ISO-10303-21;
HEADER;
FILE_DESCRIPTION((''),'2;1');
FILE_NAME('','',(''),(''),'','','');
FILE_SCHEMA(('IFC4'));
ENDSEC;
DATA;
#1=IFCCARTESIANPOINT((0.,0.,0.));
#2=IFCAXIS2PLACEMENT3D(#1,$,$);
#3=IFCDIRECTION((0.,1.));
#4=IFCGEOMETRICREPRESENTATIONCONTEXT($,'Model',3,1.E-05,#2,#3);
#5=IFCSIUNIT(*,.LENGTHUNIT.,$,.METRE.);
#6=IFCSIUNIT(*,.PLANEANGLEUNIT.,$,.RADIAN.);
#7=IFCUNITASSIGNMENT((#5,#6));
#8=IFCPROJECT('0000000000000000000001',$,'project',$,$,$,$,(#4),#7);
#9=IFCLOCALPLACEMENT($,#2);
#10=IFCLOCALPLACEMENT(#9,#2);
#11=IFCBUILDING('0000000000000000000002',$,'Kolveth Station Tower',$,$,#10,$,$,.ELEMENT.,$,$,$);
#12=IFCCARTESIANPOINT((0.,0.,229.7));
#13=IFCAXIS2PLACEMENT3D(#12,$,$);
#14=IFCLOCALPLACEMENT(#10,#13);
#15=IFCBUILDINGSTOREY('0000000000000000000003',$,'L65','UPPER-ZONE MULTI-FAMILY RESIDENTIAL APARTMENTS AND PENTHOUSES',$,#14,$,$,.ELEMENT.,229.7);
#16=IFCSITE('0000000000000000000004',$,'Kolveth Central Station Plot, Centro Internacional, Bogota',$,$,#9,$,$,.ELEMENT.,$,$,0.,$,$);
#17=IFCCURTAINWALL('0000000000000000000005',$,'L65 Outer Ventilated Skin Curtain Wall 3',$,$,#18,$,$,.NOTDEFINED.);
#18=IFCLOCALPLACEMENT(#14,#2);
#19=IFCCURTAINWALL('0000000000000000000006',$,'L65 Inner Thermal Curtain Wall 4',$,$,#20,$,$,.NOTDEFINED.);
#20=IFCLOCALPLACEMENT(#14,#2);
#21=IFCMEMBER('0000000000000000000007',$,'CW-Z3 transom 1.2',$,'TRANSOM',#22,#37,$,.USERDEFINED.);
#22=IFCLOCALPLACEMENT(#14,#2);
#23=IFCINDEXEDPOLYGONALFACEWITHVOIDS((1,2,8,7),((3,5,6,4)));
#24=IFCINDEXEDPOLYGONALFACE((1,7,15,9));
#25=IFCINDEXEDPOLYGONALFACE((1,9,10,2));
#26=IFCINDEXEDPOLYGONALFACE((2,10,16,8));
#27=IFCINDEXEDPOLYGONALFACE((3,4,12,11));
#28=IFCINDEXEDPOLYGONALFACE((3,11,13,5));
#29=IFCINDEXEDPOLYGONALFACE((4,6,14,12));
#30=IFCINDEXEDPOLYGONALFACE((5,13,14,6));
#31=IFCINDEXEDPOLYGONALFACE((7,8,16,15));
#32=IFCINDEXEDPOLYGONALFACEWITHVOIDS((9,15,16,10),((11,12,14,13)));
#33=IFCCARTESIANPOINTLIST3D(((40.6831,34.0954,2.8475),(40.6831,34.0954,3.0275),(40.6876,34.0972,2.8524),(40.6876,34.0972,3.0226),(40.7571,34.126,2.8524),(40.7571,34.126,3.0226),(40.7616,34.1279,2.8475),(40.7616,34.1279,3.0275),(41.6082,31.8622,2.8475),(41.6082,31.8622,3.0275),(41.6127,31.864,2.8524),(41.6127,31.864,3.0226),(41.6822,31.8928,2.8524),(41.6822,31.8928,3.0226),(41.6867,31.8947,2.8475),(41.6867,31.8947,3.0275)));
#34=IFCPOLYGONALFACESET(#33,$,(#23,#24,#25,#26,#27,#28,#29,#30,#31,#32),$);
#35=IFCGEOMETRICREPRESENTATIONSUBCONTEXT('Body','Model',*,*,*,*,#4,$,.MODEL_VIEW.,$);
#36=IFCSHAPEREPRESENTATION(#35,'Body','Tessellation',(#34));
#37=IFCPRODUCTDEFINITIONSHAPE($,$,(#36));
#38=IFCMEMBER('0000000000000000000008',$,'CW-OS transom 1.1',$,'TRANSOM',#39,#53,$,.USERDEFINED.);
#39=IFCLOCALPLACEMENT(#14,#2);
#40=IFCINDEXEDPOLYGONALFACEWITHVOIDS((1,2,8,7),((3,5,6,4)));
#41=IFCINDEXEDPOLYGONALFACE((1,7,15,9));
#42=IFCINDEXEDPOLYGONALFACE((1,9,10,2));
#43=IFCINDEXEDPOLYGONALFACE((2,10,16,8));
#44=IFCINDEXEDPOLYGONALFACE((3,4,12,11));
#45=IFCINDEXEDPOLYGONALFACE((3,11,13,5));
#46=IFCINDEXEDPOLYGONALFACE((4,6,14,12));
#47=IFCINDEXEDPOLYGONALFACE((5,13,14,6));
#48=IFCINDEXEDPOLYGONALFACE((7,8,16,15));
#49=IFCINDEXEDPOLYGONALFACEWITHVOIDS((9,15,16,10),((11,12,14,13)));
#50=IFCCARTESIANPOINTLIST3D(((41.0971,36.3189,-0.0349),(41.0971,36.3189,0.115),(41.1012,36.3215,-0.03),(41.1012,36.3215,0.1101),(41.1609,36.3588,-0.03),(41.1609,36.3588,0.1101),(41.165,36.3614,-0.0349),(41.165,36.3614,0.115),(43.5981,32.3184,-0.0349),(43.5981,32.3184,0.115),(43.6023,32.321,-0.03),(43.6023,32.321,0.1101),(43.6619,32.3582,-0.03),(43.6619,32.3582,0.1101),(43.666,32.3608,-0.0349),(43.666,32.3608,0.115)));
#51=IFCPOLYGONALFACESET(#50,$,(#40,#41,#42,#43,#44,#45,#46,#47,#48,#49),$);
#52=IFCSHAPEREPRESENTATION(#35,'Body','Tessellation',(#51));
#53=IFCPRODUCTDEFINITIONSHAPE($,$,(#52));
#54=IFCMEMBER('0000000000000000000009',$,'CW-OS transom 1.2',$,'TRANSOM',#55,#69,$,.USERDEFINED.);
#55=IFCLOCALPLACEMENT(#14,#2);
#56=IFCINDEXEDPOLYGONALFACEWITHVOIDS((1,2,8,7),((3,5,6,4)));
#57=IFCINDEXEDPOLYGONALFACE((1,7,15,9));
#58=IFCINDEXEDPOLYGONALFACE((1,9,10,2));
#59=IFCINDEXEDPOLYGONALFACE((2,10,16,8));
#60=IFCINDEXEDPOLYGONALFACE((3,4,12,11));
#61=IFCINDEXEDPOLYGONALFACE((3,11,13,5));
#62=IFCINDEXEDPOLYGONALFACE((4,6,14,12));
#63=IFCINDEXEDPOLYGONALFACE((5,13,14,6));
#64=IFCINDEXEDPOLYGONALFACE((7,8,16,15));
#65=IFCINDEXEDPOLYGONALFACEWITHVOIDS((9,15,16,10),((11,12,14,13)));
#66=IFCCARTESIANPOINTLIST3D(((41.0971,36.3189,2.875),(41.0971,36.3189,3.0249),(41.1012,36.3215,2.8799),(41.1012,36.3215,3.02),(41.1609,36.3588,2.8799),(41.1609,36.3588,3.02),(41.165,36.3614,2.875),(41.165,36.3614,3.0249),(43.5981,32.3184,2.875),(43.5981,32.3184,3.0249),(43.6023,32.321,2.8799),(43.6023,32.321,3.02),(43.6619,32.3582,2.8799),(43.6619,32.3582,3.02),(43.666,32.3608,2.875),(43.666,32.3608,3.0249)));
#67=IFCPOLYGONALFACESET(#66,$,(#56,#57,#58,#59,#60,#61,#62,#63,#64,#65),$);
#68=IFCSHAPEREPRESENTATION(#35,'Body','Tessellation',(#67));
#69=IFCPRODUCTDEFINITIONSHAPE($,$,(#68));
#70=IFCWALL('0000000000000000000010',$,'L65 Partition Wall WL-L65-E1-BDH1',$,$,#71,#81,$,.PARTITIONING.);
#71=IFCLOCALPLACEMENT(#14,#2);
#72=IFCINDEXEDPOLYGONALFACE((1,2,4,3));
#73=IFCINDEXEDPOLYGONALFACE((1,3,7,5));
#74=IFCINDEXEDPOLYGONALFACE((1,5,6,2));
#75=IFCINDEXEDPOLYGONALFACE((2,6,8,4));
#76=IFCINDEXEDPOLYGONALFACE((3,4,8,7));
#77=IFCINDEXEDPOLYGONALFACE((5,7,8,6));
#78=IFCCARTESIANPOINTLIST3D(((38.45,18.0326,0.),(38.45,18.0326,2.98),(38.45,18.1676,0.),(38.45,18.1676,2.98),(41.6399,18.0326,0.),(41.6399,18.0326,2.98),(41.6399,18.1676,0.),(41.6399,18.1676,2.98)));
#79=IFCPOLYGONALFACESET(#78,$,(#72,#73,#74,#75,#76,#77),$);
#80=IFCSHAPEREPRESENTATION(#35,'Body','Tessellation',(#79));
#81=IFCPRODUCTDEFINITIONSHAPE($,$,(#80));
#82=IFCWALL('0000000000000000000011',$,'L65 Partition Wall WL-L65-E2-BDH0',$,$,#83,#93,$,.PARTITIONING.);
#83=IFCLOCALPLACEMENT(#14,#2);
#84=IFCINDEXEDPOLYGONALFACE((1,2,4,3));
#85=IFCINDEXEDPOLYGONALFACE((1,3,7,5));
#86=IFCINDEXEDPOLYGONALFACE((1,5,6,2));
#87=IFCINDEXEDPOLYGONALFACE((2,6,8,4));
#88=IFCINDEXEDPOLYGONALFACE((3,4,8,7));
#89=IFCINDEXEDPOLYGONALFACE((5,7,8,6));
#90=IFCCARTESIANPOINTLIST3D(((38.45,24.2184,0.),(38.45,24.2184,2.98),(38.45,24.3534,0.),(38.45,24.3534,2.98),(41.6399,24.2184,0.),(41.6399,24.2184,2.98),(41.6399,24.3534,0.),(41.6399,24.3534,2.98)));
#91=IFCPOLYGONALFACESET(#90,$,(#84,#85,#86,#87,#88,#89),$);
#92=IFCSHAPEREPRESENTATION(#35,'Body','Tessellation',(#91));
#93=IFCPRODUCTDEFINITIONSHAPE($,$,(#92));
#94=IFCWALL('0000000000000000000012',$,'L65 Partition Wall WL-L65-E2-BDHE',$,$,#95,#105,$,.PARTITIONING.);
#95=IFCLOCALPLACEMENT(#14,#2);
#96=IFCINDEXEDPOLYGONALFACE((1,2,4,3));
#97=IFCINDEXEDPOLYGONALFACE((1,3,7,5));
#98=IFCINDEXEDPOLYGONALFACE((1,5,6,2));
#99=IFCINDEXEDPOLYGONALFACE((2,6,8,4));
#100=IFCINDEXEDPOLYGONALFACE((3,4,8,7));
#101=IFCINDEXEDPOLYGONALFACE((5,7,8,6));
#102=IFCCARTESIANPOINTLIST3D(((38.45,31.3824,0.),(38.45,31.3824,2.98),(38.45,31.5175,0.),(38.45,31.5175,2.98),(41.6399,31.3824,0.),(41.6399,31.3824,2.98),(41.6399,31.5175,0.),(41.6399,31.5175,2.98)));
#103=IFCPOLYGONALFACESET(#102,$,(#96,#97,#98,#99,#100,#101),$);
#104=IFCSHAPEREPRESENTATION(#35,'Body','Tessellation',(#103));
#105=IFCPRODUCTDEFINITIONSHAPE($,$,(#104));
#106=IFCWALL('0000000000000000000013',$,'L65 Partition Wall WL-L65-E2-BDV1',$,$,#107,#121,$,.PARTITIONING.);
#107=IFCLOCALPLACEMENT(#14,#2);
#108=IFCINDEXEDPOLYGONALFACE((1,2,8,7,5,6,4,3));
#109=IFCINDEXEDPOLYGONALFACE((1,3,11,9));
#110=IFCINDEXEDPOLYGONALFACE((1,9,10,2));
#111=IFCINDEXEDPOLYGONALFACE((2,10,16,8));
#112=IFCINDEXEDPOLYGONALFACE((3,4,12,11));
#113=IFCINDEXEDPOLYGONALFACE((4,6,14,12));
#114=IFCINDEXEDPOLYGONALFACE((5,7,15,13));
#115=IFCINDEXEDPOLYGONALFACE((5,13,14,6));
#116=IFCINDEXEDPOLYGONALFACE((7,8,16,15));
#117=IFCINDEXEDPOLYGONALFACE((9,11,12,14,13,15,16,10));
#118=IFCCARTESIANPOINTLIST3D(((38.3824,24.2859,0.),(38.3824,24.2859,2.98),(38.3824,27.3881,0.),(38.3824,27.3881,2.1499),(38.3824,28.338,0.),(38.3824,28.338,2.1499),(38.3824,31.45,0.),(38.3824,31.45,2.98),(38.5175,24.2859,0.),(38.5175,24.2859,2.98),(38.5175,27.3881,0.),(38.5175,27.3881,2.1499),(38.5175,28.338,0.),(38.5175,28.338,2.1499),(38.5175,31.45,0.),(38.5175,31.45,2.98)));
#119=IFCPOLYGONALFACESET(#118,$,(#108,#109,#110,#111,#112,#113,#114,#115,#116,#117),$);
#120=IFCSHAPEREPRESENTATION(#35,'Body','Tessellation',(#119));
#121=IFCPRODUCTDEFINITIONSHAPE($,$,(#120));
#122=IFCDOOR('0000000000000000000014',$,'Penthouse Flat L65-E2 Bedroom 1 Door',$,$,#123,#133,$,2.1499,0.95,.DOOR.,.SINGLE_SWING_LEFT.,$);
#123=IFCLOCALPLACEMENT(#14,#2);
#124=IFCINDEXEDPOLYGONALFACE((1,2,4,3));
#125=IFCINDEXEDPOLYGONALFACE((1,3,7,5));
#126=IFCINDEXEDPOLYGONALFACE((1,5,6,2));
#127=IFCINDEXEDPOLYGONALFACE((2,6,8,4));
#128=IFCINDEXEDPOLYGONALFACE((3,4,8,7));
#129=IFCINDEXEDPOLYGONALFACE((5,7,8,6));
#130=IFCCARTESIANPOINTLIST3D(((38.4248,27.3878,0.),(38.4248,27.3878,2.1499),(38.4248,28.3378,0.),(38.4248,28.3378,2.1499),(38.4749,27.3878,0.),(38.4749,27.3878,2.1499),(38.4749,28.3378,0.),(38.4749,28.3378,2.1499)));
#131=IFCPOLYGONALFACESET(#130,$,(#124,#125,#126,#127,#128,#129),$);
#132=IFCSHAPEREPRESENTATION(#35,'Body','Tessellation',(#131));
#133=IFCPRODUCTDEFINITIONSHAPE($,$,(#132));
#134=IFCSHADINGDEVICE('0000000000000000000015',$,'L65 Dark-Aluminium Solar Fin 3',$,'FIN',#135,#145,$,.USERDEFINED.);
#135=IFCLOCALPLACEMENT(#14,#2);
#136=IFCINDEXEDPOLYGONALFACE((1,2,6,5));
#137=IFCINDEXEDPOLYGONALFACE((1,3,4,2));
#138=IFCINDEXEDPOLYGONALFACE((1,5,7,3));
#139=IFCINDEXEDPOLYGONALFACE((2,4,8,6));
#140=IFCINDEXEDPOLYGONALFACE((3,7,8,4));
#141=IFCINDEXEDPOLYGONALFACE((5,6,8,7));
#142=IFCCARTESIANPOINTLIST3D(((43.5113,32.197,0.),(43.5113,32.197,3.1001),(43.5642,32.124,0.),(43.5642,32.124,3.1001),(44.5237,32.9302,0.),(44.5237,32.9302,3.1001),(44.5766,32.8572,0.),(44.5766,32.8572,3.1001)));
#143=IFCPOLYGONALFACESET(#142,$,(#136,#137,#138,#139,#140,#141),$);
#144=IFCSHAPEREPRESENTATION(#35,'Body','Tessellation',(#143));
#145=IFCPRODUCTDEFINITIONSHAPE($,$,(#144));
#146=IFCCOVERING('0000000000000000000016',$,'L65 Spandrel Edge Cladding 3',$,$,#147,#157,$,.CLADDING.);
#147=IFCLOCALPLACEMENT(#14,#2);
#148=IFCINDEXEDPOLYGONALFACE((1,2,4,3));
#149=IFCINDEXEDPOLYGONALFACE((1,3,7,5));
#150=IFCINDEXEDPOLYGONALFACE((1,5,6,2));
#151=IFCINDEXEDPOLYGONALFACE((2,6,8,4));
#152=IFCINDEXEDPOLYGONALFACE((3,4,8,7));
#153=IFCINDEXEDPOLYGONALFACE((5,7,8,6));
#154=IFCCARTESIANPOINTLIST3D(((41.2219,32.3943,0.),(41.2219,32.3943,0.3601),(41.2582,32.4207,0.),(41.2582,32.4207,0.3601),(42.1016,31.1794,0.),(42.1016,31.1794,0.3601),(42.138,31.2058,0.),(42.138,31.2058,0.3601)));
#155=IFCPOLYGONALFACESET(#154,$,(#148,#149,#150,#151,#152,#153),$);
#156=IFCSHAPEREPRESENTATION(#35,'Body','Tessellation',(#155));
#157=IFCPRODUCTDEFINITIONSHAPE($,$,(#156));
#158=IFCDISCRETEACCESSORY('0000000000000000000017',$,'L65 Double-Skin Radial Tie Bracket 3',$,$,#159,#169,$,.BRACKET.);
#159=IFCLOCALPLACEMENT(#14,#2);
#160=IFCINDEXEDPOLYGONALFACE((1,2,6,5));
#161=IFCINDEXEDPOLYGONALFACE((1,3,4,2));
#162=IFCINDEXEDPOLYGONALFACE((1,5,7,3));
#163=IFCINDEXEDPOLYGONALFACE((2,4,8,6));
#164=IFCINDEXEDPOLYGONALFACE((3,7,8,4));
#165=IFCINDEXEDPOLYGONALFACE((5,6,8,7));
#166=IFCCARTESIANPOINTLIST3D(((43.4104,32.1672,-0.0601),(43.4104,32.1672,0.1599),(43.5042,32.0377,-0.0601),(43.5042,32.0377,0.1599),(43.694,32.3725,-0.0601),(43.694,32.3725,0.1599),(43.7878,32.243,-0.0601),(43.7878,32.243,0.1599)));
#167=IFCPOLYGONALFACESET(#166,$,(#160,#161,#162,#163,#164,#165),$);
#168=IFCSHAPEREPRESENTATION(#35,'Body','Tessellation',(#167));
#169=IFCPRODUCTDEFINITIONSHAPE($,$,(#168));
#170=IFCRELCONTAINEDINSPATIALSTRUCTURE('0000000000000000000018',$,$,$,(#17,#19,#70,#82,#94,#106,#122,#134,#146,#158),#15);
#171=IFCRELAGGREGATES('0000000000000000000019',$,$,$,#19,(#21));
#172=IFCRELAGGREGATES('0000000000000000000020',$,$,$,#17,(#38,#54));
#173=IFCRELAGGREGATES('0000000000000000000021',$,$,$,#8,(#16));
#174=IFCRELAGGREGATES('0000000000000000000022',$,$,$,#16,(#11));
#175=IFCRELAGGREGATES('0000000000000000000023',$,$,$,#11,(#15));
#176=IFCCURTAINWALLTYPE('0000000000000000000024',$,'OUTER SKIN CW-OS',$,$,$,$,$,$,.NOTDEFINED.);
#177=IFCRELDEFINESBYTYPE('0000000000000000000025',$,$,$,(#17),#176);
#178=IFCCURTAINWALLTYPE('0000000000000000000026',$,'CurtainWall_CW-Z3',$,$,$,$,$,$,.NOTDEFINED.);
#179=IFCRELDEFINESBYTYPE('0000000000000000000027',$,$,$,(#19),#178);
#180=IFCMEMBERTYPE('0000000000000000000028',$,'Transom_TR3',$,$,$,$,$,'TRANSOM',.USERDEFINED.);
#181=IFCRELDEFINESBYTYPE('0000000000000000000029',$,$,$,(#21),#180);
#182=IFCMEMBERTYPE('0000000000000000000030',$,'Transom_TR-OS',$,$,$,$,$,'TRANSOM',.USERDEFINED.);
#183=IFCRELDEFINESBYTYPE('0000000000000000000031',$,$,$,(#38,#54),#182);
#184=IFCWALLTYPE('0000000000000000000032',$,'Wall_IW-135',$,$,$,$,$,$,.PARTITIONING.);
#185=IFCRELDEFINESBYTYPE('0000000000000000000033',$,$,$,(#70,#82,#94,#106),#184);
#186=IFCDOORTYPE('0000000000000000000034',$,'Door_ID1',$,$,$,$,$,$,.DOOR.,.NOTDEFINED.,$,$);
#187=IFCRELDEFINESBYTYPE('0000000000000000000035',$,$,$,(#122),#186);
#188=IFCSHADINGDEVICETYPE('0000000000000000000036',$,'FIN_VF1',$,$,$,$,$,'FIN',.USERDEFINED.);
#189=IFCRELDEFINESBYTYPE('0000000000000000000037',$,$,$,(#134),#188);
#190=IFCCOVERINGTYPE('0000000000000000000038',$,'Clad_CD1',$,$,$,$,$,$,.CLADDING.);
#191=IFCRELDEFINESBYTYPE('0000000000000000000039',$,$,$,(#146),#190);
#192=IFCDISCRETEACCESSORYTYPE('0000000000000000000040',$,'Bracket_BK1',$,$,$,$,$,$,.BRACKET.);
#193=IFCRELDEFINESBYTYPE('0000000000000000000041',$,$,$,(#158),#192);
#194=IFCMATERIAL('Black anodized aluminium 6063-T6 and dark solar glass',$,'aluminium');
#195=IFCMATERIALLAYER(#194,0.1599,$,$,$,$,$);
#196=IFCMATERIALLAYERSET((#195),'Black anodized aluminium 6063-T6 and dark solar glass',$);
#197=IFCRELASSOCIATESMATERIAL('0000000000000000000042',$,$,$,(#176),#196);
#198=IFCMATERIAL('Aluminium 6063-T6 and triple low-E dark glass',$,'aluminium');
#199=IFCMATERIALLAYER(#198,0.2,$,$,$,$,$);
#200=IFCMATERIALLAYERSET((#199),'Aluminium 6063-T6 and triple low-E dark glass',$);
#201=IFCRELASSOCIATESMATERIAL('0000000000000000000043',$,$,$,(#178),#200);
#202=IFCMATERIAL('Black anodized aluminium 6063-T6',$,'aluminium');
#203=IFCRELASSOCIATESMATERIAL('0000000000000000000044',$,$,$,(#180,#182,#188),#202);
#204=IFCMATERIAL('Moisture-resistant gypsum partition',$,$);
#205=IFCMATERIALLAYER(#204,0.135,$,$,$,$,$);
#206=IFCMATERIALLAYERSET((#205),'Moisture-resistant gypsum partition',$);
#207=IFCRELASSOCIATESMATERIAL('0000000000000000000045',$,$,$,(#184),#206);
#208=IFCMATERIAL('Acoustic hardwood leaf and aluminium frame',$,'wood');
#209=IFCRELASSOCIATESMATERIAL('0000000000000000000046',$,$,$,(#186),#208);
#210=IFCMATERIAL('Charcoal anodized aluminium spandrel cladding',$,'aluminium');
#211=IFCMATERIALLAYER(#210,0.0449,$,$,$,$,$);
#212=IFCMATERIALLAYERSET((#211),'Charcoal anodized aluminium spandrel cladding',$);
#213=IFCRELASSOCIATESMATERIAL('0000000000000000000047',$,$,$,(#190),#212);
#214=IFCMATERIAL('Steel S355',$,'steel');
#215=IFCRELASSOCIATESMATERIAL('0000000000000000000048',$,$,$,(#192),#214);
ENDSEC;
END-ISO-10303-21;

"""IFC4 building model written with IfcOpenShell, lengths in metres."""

from ifc_helpers import new_model, si_unit, direction, frame, frame_2d, origin, origin_2d, place, context, subcontext, project, spatial, rectangle, hollow_rectangle, extrude, source, transform, mapped, material, layer, layer_set, material_profile, profile_set, type_object, element, fill, aggregate, save


model = new_model("IFC4")

# Units and contexts
model_context = context("Model", 3, precision=1e-05, world=origin(), true_north=direction((0.0, 1.0)))
body_context = subcontext(model_context, "Body", "Model", "MODEL_VIEW")
ifc_project = project(units=[si_unit("LENGTHUNIT", "METRE"), si_unit("PLANEANGLEUNIT", "RADIAN")], contexts=[model_context])

# Site, building, storey
site_placement = place(None, origin())
site = spatial("IfcSite", under=ifc_project, at=site_placement, Name="Kolveth Central Station Plot, Centro Internacional, Bogota", CompositionType="ELEMENT", RefElevation=0.0)
building_placement = place(site_placement, origin())
building = spatial("IfcBuilding", under=site, at=building_placement, Name="Kolveth Station Tower", CompositionType="ELEMENT")
storey_placement = place(building_placement, frame((0.0, 0.0, 229.7)))
storey = spatial("IfcBuildingStorey", under=building, at=storey_placement, Name="L65", Description="UPPER-ZONE MULTI-FAMILY RESIDENTIAL APARTMENTS AND PENTHOUSES", CompositionType="ELEMENT", Elevation=229.7)

# Shared definitions
ifc_material_1 = material(Name="Steel S355", Category="steel")

# Curtain wall
ifc_material_2 = material(Name="Black anodized aluminium 6063-T6 and dark solar glass", Category="aluminium")
ifc_layer_1 = layer(ifc_material_2, 0.1599)
ifc_layer_set_1 = layer_set([ifc_layer_1], Name="Black anodized aluminium 6063-T6 and dark solar glass")
curtain_wall_type_1 = type_object("IfcCurtainWallType", Name="OUTER SKIN CW-OS", PredefinedType="NOTDEFINED", material=ifc_layer_set_1)
ifc_material_3 = material(Name="Black anodized aluminium 6063-T6", Category="aluminium")
curtain_wall_1_placement = place(storey_placement, origin())
curtain_wall_1 = element("IfcCurtainWall", 1, at=curtain_wall_1_placement, inside=storey, type_object=curtain_wall_type_1, Name="L65 Outer Ventilated Skin Curtain Wall 3", PredefinedType="NOTDEFINED")
ifc_material_4 = material(Name="Aluminium 6063-T6 and triple low-E dark glass", Category="aluminium")
ifc_layer_2 = layer(ifc_material_4, 0.2)
ifc_layer_set_2 = layer_set([ifc_layer_2], Name="Aluminium 6063-T6 and triple low-E dark glass")
curtain_wall_type_2 = type_object("IfcCurtainWallType", Name="CurtainWall_CW-Z3", PredefinedType="NOTDEFINED", material=ifc_layer_set_2)

# Curtain wall, member
curtain_wall_2_placement = place(storey_placement, origin())
curtain_wall_2 = element("IfcCurtainWall", 2, at=curtain_wall_2_placement, inside=storey, type_object=curtain_wall_type_2, Name="L65 Inner Thermal Curtain Wall 4", PredefinedType="NOTDEFINED")
ifc_material_profile_1 = material_profile(ifc_material_3, hollow_rectangle(XDim=0.085, YDim=0.1799, WallThickness=0.0049, at=origin_2d()), Name="ALU-85x180x5")
ifc_profile_set_1 = profile_set([ifc_material_profile_1], Name="Black anodized aluminium 6063-T6")
member_type_1 = type_object("IfcMemberType", Name="Transom_TR3", ElementType="TRANSOM", PredefinedType="USERDEFINED", material=ifc_profile_set_1)
shared_shape_1 = source(origin(), body_context, "Body", "SweptSolid", [
    extrude(hollow_rectangle(XDim=0.085, YDim=0.1799, WallThickness=0.0049, at=origin_2d()), origin(), (0.0, 0.0, 1.0), 2.4172),
])
member_1_placement = place(storey_placement, frame((41.6475, 31.8784, 2.9375), z_axis=(-0.3827, 0.923873, 0.0), x_axis=(-0.923873, -0.3827, 0.0)))
member_1 = element("IfcMember", 3, at=member_1_placement, type_object=member_type_1, Name="CW-Z3 transom 1.2", ObjectType="TRANSOM", PredefinedType="USERDEFINED", context=body_context, shape_type="MappedRepresentation", body=[
    mapped(shared_shape_1, transform((0.0, 0.0, 0.0), x_axis=(1.0, 0.0, 0.0), y_axis=(0.0, 1.0, 0.0), z_axis=(0.0, 0.0, 1.0), scale=1.0)),
])
aggregate(curtain_wall_2, [member_1])

# Members
ifc_material_profile_2 = material_profile(ifc_material_3, hollow_rectangle(XDim=0.0801, YDim=0.1499, WallThickness=0.0049, at=origin_2d()), Name="ALU-80x150x5")
ifc_profile_set_2 = profile_set([ifc_material_profile_2], Name="Black anodized aluminium 6063-T6")
member_type_2 = type_object("IfcMemberType", Name="Transom_TR-OS", ElementType="TRANSOM", PredefinedType="USERDEFINED", material=ifc_profile_set_2)
shared_shape_2 = source(origin(), body_context, "Body", "SweptSolid", [
    extrude(hollow_rectangle(XDim=0.0801, YDim=0.1499, WallThickness=0.0049, at=origin_2d()), origin(), (0.0, 0.0, 1.0), 4.718),
])
member_2_placement = place(storey_placement, frame((43.6321, 32.3396, 0.04), z_axis=(-0.530101, 0.847934, 0.0), x_axis=(-0.847934, -0.530101, 0.0)))
member_2 = element("IfcMember", 4, at=member_2_placement, type_object=member_type_2, Name="CW-OS transom 1.1", ObjectType="TRANSOM", PredefinedType="USERDEFINED", context=body_context, shape_type="MappedRepresentation", body=[
    mapped(shared_shape_2, transform((0.0, 0.0, 0.0), x_axis=(1.0, 0.0, 0.0), y_axis=(0.0, 1.0, 0.0), z_axis=(0.0, 0.0, 1.0), scale=1.0)),
])
member_3_placement = place(storey_placement, frame((43.6321, 32.3396, 2.95), z_axis=(-0.530101, 0.847934, 0.0), x_axis=(-0.847934, -0.530101, 0.0)))
member_3 = element("IfcMember", 5, at=member_3_placement, type_object=member_type_2, Name="CW-OS transom 1.2", ObjectType="TRANSOM", PredefinedType="USERDEFINED", context=body_context, shape_type="MappedRepresentation", body=[
    mapped(shared_shape_2, transform((0.0, 0.0, 0.0), x_axis=(1.0, 0.0, 0.0), y_axis=(0.0, 1.0, 0.0), z_axis=(0.0, 0.0, 1.0), scale=1.0)),
])
aggregate(curtain_wall_1, [member_2, member_3])

# Shared definitions
ifc_material_5 = material(Name="Moisture-resistant gypsum partition")
ifc_layer_3 = layer(ifc_material_5, 0.135)
ifc_layer_set_3 = layer_set([ifc_layer_3], Name="Moisture-resistant gypsum partition")
wall_type = type_object("IfcWallType", Name="Wall_IW-135", PredefinedType="PARTITIONING", material=ifc_layer_set_3)
ifc_material_6 = material(Name="Acoustic hardwood leaf and aluminium frame", Category="wood")
door_type = type_object("IfcDoorType", Name="Door_ID1", OperationType="NOTDEFINED", PredefinedType="DOOR", material=ifc_material_6)

# Wall
wall_1_placement = place(storey_placement, frame((38.45, 18.1001, 0.0), z_axis=(0.0, 0.0, 1.0), x_axis=(1.0, 0.0, 0.0)))
element("IfcWall", 6, at=wall_1_placement, inside=storey, type_object=wall_type, Name="L65 Partition Wall WL-L65-E1-BDH1", PredefinedType="PARTITIONING", context=body_context, shape_type="SweptSolid", body=[
    extrude(rectangle(XDim=3.1899, YDim=0.135, at=frame_2d((1.595, 0.0))), origin(), (0.0, 0.0, 1.0), 2.98),
])

# Walls
for number, where, z_axis, x_axis, name in (
    (7, (38.45, 24.2859, 0.0), (0.0, 0.0, 1.0), (1.0, 0.0, 0.0), "L65 Partition Wall WL-L65-E2-BDH0"),
    (8, (38.45, 31.45, 0.0), (0.0, 0.0, 1.0), (1.0, 0.0, 0.0), "L65 Partition Wall WL-L65-E2-BDHE"),
):
    element("IfcWall", number, at=place(storey_placement, frame(where, z_axis=z_axis, x_axis=x_axis)), inside=storey, type_object=wall_type, Name=name, PredefinedType="PARTITIONING", context=body_context, shape_type="SweptSolid", body=[
        extrude(rectangle(XDim=3.1899, YDim=0.135, at=frame_2d((1.595, 0.0))), origin(), (0.0, 0.0, 1.0), 2.98),
    ])

# Wall, opening, door
wall_2_placement = place(storey_placement, frame((38.45, 24.2859, 0.0), z_axis=(0.0, 0.0, 1.0), x_axis=(0.0, 1.0, 0.0)))
wall_2 = element("IfcWall", 9, at=wall_2_placement, inside=storey, type_object=wall_type, Name="L65 Partition Wall WL-L65-E2-BDV1", PredefinedType="PARTITIONING", context=body_context, shape_type="SweptSolid", body=[
    extrude(rectangle(XDim=7.1641, YDim=0.135, at=frame_2d((3.582, 0.0))), origin(), (0.0, 0.0, 1.0), 2.98),
])
opening_1_placement = place(wall_2_placement, frame((3.1021, 0.0, 0.0)))
opening_1 = element("IfcOpeningElement", 10, at=opening_1_placement, cuts=wall_2, PredefinedType="OPENING", context=body_context, shape_type="SweptSolid", body=[
    extrude(rectangle(XDim=0.95, YDim=2.1499, at=frame_2d((0.4751, 1.075))), frame((0.0, 0.0774, 0.0), z_axis=(0.0, -1.0, 0.0), x_axis=(1.0, 0.0, 0.0)), (0.0, 0.0, 1.0), 0.155),
])
door_1_placement = place(opening_1_placement, frame((0.95, 0.0, 0.0), z_axis=(0.0, 0.0, 1.0), x_axis=(-1.0, 0.0, 0.0)))
door_1 = element("IfcDoor", 11, at=door_1_placement, inside=storey, type_object=door_type, Name="Penthouse Flat L65-E2 Bedroom 1 Door", OperationType="SINGLE_SWING_LEFT", OverallHeight=2.1499, OverallWidth=0.95, PredefinedType="DOOR", context=body_context, shape_type="SweptSolid", body=[
    extrude(rectangle(XDim=0.95, YDim=2.1499, at=frame_2d((0.4751, 1.075))), frame((0.0, 0.0249, 0.0), z_axis=(0.0, -1.0, 0.0), x_axis=(1.0, 0.0, 0.0)), (0.0, 0.0, 1.0), 0.05),
])
fill(opening_1, door_1)

# Shading device
shading_device_type = type_object("IfcShadingDeviceType", Name="FIN_VF1", ElementType="FIN", PredefinedType="USERDEFINED", material=ifc_material_3)
shared_shape_3 = source(origin(), body_context, "Body", "SweptSolid", [
    extrude(rectangle(XDim=1.25, YDim=0.0901, at=origin_2d()), origin(), (0.0, 0.0, 1.0), 3.1001),
])
shading_device_placement = place(storey_placement, frame((44.0439, 32.5271, 0.0), z_axis=(0.0, 0.0, 1.0), x_axis=(0.809939, 0.586514, 0.0)))
element("IfcShadingDevice", 12, at=shading_device_placement, inside=storey, type_object=shading_device_type, Name="L65 Dark-Aluminium Solar Fin 3", ObjectType="FIN", PredefinedType="USERDEFINED", context=body_context, shape_type="MappedRepresentation", body=[
    mapped(shared_shape_3, transform((0.0, 0.0, 0.0), x_axis=(1.0, 0.0, 0.0), y_axis=(0.0, 1.0, 0.0), z_axis=(0.0, 0.0, 1.0), scale=1.0)),
])

# Covering
ifc_material_7 = material(Name="Charcoal anodized aluminium spandrel cladding", Category="aluminium")
ifc_layer_4 = layer(ifc_material_7, 0.0449)
ifc_layer_set_4 = layer_set([ifc_layer_4], Name="Charcoal anodized aluminium spandrel cladding")
covering_type = type_object("IfcCoveringType", Name="Clad_CD1", PredefinedType="CLADDING", material=ifc_layer_set_4)
shared_shape_4 = source(origin(), body_context, "Body", "SweptSolid", [
    extrude(rectangle(XDim=1.5, YDim=0.0449, at=origin_2d()), origin(), (0.0, 0.0, 1.0), 0.3601),
])
covering_placement = place(storey_placement, frame((41.6799, 31.8, 0.0), z_axis=(0.0, 0.0, 1.0), x_axis=(-0.586514, 0.809939, 0.0)))
element("IfcCovering", 13, at=covering_placement, inside=storey, type_object=covering_type, Name="L65 Spandrel Edge Cladding 3", PredefinedType="CLADDING", context=body_context, shape_type="MappedRepresentation", body=[
    mapped(shared_shape_4, transform((0.0, 0.0, 0.0), x_axis=(1.0, 0.0, 0.0), y_axis=(0.0, 1.0, 0.0), z_axis=(0.0, 0.0, 1.0), scale=1.0)),
])

# Discrete accessory
discrete_accessory_type = type_object("IfcDiscreteAccessoryType", Name="Bracket_BK1", PredefinedType="BRACKET", material=ifc_material_1)
shared_shape_5 = source(origin(), body_context, "Body", "SweptSolid", [
    extrude(rectangle(XDim=0.3501, YDim=0.1599, at=origin_2d()), origin(), (0.0, 0.0, 1.0), 0.22),
])
discrete_accessory_placement = place(storey_placement, frame((43.5991, 32.2051, -0.0601), z_axis=(0.0, 0.0, 1.0), x_axis=(0.809939, 0.586514, 0.0)))
element("IfcDiscreteAccessory", 14, at=discrete_accessory_placement, inside=storey, type_object=discrete_accessory_type, Name="L65 Double-Skin Radial Tie Bracket 3", PredefinedType="BRACKET", context=body_context, shape_type="MappedRepresentation", body=[
    mapped(shared_shape_5, transform((0.0, 0.0, 0.0), x_axis=(1.0, 0.0, 0.0), y_axis=(0.0, 1.0, 0.0), z_axis=(0.0, 0.0, 1.0), scale=1.0)),
])

save(model, "model.ifc")
